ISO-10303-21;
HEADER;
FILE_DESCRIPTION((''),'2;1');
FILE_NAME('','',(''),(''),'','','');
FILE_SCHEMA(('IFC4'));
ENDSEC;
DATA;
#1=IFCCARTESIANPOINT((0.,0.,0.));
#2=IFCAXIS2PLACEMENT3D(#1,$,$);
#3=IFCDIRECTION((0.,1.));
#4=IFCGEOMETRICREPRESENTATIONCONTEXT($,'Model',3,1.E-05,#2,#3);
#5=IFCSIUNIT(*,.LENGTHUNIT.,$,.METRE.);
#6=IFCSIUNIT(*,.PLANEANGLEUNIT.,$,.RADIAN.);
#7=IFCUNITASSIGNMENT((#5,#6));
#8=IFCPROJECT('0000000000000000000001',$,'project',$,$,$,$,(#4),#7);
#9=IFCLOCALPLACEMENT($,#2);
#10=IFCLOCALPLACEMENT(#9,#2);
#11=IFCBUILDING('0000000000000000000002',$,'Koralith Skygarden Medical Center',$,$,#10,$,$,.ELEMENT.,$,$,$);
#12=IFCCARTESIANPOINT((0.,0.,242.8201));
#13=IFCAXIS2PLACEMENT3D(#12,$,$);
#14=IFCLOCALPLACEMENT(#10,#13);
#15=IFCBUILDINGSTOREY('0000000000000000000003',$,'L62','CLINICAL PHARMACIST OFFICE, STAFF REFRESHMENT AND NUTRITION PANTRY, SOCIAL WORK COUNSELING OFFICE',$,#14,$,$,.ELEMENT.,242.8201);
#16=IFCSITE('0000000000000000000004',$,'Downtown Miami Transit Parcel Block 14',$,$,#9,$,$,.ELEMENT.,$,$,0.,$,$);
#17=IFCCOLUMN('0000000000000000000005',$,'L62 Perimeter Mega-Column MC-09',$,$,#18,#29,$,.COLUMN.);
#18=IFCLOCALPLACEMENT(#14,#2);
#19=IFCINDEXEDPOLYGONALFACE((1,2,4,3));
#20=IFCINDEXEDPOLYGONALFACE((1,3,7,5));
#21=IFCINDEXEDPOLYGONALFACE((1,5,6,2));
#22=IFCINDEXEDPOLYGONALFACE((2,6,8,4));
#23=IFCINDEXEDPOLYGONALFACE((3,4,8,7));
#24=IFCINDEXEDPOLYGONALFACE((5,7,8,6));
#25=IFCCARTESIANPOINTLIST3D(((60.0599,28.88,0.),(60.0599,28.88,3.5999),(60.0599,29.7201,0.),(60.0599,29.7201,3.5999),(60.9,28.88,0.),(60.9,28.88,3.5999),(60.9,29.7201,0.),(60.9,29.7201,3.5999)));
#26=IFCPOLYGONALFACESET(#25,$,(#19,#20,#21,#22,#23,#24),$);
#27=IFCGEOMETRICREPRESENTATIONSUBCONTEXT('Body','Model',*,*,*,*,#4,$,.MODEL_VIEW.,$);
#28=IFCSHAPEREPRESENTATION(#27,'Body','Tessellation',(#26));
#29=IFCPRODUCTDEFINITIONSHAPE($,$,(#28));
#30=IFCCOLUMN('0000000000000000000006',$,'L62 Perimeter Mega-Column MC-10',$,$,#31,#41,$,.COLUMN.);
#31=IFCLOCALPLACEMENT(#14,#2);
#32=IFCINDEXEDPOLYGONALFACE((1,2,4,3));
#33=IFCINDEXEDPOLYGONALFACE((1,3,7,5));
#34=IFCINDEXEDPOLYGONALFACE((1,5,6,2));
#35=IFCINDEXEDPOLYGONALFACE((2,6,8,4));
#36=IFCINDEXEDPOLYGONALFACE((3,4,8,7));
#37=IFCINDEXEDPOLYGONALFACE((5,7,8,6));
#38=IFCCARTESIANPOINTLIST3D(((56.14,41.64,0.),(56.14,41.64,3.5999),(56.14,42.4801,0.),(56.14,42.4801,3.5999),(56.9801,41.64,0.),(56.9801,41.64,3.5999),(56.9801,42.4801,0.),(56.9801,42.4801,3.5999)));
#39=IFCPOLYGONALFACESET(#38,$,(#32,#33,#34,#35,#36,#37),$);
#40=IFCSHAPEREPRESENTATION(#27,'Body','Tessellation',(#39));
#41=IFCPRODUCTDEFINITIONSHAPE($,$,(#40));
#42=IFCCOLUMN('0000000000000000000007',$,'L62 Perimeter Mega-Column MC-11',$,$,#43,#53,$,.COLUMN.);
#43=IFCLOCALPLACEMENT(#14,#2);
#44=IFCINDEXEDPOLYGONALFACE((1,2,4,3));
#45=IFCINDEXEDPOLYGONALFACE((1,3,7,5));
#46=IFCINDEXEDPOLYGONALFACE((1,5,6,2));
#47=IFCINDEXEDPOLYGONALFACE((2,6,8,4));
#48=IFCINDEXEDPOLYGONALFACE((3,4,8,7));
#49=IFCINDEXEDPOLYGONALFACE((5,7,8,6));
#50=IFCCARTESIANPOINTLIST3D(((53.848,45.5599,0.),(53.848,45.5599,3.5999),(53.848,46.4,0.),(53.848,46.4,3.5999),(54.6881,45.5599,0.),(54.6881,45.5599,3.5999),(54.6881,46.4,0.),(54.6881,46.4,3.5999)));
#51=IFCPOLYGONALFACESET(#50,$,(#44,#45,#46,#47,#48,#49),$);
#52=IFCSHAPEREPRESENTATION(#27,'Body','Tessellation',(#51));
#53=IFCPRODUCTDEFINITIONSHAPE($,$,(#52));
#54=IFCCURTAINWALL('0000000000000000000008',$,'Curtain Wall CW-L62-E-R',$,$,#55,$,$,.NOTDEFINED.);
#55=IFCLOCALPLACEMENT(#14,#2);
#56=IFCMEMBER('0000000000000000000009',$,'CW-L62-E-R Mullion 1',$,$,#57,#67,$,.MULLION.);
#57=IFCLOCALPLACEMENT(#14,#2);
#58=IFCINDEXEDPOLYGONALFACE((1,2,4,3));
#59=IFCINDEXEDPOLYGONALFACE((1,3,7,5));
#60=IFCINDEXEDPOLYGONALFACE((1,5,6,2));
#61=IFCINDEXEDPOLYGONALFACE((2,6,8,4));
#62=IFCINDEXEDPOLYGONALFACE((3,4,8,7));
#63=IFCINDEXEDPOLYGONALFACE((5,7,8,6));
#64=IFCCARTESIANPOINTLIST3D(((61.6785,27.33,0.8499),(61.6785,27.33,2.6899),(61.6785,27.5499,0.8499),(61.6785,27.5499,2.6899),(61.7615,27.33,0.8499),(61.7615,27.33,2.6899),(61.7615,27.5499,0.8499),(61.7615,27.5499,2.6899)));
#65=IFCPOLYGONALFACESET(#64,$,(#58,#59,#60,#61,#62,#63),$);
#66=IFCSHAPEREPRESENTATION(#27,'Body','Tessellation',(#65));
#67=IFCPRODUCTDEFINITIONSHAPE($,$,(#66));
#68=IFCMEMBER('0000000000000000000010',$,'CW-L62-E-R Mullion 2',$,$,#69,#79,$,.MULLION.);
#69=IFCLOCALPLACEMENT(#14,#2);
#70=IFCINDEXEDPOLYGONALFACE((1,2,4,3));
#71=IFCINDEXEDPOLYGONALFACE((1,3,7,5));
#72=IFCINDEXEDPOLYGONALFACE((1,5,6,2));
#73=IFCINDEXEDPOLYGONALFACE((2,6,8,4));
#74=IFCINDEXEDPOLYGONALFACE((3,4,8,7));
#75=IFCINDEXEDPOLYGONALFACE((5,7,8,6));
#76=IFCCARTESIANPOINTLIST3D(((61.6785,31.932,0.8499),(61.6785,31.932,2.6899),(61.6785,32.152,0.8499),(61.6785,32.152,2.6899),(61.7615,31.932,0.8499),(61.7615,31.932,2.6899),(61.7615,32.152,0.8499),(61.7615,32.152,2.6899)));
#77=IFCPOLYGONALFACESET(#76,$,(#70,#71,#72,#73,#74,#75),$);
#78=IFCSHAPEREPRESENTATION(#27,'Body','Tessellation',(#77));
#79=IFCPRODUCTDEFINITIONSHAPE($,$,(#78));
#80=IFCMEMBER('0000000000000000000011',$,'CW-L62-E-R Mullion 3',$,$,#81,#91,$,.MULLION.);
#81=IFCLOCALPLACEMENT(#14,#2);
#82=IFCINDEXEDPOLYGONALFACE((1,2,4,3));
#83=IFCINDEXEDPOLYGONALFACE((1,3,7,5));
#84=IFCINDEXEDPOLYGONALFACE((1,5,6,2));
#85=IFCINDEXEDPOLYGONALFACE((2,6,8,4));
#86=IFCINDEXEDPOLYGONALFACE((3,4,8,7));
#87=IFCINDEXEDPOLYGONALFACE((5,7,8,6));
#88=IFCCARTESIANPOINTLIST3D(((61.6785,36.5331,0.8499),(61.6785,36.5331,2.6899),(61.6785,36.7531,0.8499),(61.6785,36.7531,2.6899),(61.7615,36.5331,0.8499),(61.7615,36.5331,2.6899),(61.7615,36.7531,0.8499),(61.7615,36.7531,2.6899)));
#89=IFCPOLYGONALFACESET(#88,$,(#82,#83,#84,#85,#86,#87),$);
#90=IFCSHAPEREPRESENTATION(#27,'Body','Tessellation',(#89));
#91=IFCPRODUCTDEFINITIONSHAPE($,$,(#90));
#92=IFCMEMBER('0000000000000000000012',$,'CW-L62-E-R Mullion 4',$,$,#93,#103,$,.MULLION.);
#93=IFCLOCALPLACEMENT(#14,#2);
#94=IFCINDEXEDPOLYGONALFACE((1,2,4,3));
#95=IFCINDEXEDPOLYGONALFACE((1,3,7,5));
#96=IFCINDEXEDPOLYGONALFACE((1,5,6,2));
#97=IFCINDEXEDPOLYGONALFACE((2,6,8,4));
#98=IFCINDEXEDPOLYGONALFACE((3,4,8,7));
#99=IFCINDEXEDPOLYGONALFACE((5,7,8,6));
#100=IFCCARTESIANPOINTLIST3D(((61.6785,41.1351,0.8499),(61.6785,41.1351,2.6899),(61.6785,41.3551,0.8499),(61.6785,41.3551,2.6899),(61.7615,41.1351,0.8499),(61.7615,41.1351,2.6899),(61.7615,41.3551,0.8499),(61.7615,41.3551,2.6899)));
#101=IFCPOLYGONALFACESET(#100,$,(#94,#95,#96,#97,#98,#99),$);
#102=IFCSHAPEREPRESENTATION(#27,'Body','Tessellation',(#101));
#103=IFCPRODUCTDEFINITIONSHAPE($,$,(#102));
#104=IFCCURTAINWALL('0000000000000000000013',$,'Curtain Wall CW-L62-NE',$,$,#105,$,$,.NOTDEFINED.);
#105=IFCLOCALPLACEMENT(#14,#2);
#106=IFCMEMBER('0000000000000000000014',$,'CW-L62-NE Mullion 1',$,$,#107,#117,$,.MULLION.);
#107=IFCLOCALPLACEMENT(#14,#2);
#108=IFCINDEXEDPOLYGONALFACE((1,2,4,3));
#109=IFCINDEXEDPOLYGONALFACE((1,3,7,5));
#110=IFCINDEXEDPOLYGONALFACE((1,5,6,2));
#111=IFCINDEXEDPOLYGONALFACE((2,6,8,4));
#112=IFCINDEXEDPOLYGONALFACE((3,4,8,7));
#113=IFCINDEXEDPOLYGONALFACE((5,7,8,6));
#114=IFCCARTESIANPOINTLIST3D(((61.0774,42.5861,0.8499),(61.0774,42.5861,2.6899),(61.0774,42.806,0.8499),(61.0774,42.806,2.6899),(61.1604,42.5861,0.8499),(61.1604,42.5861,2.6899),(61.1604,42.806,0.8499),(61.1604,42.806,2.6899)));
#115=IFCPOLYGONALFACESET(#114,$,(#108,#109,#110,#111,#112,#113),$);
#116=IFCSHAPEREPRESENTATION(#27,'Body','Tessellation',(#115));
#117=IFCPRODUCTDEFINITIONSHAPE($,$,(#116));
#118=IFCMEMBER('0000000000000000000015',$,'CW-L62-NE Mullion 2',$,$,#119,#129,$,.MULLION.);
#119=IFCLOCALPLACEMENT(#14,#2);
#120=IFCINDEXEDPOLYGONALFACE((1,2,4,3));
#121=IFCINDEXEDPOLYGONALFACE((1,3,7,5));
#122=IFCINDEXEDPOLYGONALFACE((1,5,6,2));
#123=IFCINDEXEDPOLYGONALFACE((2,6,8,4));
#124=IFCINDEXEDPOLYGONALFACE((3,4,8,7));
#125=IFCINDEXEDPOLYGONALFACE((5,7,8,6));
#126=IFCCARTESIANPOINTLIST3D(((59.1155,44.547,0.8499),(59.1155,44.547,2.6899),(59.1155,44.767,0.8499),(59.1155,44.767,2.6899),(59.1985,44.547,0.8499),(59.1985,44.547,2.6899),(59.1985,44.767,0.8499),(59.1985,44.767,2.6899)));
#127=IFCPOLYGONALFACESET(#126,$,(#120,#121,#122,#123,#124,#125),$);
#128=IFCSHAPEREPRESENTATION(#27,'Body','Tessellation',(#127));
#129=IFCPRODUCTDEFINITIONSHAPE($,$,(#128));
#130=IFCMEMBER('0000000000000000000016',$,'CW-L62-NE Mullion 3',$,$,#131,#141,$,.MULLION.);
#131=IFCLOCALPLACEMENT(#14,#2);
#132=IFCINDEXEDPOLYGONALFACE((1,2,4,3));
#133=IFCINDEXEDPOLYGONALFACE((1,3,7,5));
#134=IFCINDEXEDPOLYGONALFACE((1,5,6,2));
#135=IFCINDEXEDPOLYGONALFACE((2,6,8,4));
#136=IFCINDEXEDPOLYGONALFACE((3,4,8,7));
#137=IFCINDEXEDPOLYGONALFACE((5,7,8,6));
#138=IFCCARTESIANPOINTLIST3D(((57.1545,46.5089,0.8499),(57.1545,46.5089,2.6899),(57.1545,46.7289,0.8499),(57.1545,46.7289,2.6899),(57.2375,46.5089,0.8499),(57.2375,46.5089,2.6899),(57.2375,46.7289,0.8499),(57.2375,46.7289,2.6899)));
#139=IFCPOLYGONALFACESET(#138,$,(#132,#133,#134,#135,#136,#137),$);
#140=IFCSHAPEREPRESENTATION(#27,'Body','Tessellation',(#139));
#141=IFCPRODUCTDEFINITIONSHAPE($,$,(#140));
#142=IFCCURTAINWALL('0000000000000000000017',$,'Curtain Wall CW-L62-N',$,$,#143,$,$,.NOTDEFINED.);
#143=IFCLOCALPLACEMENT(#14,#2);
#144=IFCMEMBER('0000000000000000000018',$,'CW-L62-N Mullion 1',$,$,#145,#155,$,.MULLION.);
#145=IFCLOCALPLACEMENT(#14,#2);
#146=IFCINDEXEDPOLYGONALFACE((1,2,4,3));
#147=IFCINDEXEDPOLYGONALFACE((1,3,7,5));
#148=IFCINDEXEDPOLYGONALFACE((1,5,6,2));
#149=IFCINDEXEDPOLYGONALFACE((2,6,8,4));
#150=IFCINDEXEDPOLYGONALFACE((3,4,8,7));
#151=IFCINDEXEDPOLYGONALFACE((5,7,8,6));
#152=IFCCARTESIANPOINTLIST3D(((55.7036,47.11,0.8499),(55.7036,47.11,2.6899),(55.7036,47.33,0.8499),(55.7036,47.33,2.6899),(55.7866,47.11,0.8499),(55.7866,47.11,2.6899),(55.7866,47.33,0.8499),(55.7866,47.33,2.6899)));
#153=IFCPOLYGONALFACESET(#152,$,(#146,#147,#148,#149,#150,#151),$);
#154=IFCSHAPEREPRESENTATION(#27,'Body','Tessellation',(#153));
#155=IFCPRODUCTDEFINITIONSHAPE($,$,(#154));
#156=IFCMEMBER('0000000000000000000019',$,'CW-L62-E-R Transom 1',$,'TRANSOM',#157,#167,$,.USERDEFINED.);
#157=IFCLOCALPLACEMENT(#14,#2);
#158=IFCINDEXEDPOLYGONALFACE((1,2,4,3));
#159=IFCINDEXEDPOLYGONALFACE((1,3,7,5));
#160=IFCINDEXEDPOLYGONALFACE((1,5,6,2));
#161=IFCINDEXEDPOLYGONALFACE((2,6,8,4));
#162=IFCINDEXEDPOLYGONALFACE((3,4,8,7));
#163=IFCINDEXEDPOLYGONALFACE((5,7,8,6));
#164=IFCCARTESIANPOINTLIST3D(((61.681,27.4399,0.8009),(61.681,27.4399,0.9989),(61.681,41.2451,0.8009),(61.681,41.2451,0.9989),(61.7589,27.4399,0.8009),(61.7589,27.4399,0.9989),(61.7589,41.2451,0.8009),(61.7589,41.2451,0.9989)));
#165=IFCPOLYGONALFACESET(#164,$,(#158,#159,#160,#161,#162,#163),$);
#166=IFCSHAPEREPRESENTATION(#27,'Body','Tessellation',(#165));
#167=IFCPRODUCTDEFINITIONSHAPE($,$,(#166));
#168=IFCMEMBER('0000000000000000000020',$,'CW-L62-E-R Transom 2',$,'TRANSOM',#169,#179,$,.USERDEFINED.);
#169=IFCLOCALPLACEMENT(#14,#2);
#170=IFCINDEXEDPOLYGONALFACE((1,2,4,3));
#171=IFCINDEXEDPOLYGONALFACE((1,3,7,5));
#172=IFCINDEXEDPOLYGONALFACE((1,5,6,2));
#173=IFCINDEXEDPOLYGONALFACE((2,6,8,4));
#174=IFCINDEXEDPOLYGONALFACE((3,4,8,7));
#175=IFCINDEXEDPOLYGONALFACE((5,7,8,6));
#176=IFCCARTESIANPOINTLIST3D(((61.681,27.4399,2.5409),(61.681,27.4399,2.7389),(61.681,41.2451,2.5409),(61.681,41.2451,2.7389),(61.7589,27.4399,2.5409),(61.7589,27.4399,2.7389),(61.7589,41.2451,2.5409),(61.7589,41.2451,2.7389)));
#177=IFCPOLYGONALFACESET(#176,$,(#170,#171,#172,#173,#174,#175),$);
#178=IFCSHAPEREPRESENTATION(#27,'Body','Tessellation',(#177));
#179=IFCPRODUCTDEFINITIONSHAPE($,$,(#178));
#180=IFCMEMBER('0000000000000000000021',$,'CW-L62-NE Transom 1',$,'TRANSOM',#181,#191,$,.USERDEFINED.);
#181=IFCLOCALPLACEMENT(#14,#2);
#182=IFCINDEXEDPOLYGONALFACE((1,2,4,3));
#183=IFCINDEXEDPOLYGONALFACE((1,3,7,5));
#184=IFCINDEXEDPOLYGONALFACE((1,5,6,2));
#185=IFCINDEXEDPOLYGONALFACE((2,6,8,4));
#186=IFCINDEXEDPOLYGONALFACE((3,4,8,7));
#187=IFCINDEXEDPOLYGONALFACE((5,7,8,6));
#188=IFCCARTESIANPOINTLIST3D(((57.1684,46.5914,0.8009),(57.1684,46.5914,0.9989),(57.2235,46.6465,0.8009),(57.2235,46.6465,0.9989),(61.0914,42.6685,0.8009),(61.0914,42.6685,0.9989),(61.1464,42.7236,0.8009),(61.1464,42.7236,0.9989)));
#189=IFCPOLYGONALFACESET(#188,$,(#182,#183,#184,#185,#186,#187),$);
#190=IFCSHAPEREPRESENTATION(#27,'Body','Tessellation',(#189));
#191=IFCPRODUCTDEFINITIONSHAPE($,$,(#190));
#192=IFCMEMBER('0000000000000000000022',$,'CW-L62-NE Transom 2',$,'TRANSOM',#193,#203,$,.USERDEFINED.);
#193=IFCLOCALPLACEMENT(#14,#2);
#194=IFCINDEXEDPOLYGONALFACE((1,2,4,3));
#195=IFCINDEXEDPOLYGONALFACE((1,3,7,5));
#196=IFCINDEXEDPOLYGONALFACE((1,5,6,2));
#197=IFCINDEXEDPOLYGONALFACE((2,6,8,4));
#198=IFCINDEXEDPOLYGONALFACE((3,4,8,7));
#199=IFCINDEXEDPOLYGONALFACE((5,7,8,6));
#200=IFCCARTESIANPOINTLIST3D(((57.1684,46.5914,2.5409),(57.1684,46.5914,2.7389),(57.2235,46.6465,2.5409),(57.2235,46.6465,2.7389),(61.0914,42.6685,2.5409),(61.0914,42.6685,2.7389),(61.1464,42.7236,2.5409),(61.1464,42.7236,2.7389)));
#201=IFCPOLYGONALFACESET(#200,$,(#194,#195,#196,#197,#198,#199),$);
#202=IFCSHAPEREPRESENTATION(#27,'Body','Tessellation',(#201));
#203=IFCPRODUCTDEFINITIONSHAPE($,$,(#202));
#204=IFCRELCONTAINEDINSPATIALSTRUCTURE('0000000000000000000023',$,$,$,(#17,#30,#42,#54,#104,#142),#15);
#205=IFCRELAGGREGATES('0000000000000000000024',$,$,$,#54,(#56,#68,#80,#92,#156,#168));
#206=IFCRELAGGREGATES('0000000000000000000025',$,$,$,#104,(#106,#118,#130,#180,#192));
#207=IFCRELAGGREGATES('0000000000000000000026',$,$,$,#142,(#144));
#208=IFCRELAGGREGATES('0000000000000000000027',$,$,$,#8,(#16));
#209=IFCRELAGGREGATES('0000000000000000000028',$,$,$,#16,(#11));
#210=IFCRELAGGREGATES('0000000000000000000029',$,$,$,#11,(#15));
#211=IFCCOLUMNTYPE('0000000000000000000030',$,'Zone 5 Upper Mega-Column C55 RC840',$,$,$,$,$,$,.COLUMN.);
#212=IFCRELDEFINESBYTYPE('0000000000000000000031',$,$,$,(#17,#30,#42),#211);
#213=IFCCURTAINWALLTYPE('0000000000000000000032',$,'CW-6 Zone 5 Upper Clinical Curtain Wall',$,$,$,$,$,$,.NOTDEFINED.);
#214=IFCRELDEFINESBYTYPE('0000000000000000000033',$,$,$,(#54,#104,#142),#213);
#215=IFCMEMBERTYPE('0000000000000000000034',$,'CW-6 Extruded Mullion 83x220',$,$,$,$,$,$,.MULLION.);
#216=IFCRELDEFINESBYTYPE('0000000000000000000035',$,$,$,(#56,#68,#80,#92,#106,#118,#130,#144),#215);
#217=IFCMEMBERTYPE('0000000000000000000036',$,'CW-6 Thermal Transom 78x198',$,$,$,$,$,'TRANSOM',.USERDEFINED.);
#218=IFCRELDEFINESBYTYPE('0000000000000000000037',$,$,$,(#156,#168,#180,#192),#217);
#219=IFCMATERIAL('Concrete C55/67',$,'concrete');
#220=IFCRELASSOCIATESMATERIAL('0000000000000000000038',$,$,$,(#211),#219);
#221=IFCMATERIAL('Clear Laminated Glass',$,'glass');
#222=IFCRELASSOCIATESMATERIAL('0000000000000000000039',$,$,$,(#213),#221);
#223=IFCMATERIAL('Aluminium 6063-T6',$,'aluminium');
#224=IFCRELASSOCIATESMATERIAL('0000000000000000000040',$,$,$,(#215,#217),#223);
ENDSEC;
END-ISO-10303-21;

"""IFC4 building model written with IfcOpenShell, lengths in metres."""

from ifc_helpers import new_model, si_unit, direction, frame, origin, origin_2d, place, context, subcontext, project, spatial, rectangle, extrude, material, material_profile, profile_set, type_object, element, aggregate, save


model = new_model("IFC4")

# Units and contexts
model_context = context("Model", 3, precision=1e-05, world=origin(), true_north=direction((0.0, 1.0)))
body_context = subcontext(model_context, "Body", "Model", "MODEL_VIEW")
ifc_project = project(units=[si_unit("LENGTHUNIT", "METRE"), si_unit("PLANEANGLEUNIT", "RADIAN")], contexts=[model_context])

# Site, building, storey
site_placement = place(None, origin())
site = spatial("IfcSite", under=ifc_project, at=site_placement, Name="Downtown Miami Transit Parcel Block 14", CompositionType="ELEMENT", RefElevation=0.0)
building_placement = place(site_placement, origin())
building = spatial("IfcBuilding", under=site, at=building_placement, Name="Koralith Skygarden Medical Center", CompositionType="ELEMENT")
storey_placement = place(building_placement, frame((0.0, 0.0, 242.8201)))
storey = spatial("IfcBuildingStorey", under=building, at=storey_placement, Name="L62", Description="CLINICAL PHARMACIST OFFICE, STAFF REFRESHMENT AND NUTRITION PANTRY, SOCIAL WORK COUNSELING OFFICE", CompositionType="ELEMENT", Elevation=242.8201)

# Columns
ifc_material_1 = material(Name="Concrete C55/67", Category="concrete")
ifc_material_profile_1 = material_profile(ifc_material_1, rectangle(XDim=0.8401, YDim=0.8401, at=origin_2d()), Name="RC840X840")
ifc_profile_set_1 = profile_set([ifc_material_profile_1], Name="Concrete C55/67")
column_type = type_object("IfcColumnType", Name="Zone 5 Upper Mega-Column C55 RC840", PredefinedType="COLUMN", material=ifc_profile_set_1)
for number, where, z_axis, x_axis, name in (
    (1, (60.48, 29.3, 0.0), (0.0, 0.0, 1.0), (1.0, 0.0, 0.0), "L62 Perimeter Mega-Column MC-09"),
    (2, (56.5601, 42.0601, 0.0), (0.0, 0.0, 1.0), (1.0, 0.0, 0.0), "L62 Perimeter Mega-Column MC-10"),
    (3, (54.2681, 45.98, 0.0), (0.0, 0.0, 1.0), (1.0, 0.0, 0.0), "L62 Perimeter Mega-Column MC-11"),
):
    element("IfcColumn", number, at=place(storey_placement, frame(where, z_axis=z_axis, x_axis=x_axis)), inside=storey, type_object=column_type, Name=name, PredefinedType="COLUMN", context=body_context, shape_type="SweptSolid", body=[
        extrude(rectangle(XDim=0.8401, YDim=0.8401, at=origin_2d()), origin(), (0.0, 0.0, 1.0), 3.5999),
    ])

# Curtain walls, members
ifc_material_2 = material(Name="Clear Laminated Glass", Category="glass")
curtain_wall_type = type_object("IfcCurtainWallType", Name="CW-6 Zone 5 Upper Clinical Curtain Wall", PredefinedType="NOTDEFINED", material=ifc_material_2)
curtain_wall_1_placement = place(storey_placement, origin())
curtain_wall_1 = element("IfcCurtainWall", 4, at=curtain_wall_1_placement, inside=storey, type_object=curtain_wall_type, Name="Curtain Wall CW-L62-E-R", PredefinedType="NOTDEFINED")
ifc_material_3 = material(Name="Aluminium 6063-T6", Category="aluminium")
ifc_material_profile_2 = material_profile(ifc_material_3, rectangle(XDim=0.083, YDim=0.22, at=origin_2d()), Name="MUL83X220")
ifc_profile_set_2 = profile_set([ifc_material_profile_2], Name="Aluminium 6063-T6")
member_type_1 = type_object("IfcMemberType", Name="CW-6 Extruded Mullion 83x220", PredefinedType="MULLION", material=ifc_profile_set_2)
member_1_placement = place(storey_placement, frame((61.72, 27.4399, 0.8499), z_axis=(0.0, 0.0, 1.0), x_axis=(1.0, 0.0, 0.0)))
member_1 = element("IfcMember", 5, at=member_1_placement, type_object=member_type_1, Name="CW-L62-E-R Mullion 1", PredefinedType="MULLION", context=body_context, shape_type="SweptSolid", body=[
    extrude(rectangle(XDim=0.083, YDim=0.22, at=origin_2d()), origin(), (0.0, 0.0, 1.0), 1.8401),
])
member_2_placement = place(storey_placement, frame((61.72, 32.042, 0.8499), z_axis=(0.0, 0.0, 1.0), x_axis=(1.0, 0.0, 0.0)))
member_2 = element("IfcMember", 6, at=member_2_placement, type_object=member_type_1, Name="CW-L62-E-R Mullion 2", PredefinedType="MULLION", context=body_context, shape_type="SweptSolid", body=[
    extrude(rectangle(XDim=0.083, YDim=0.22, at=origin_2d()), origin(), (0.0, 0.0, 1.0), 1.8401),
])
member_3_placement = place(storey_placement, frame((61.72, 36.6431, 0.8499), z_axis=(0.0, 0.0, 1.0), x_axis=(1.0, 0.0, 0.0)))
member_3 = element("IfcMember", 7, at=member_3_placement, type_object=member_type_1, Name="CW-L62-E-R Mullion 3", PredefinedType="MULLION", context=body_context, shape_type="SweptSolid", body=[
    extrude(rectangle(XDim=0.083, YDim=0.22, at=origin_2d()), origin(), (0.0, 0.0, 1.0), 1.8401),
])
member_4_placement = place(storey_placement, frame((61.72, 41.2451, 0.8499), z_axis=(0.0, 0.0, 1.0), x_axis=(1.0, 0.0, 0.0)))
member_4 = element("IfcMember", 8, at=member_4_placement, type_object=member_type_1, Name="CW-L62-E-R Mullion 4", PredefinedType="MULLION", context=body_context, shape_type="SweptSolid", body=[
    extrude(rectangle(XDim=0.083, YDim=0.22, at=origin_2d()), origin(), (0.0, 0.0, 1.0), 1.8401),
])
curtain_wall_2_placement = place(storey_placement, origin())
curtain_wall_2 = element("IfcCurtainWall", 9, at=curtain_wall_2_placement, inside=storey, type_object=curtain_wall_type, Name="Curtain Wall CW-L62-NE", PredefinedType="NOTDEFINED")
member_5_placement = place(storey_placement, frame((61.1189, 42.696, 0.8499), z_axis=(0.0, 0.0, 1.0), x_axis=(1.0, 0.0, 0.0)))
member_5 = element("IfcMember", 10, at=member_5_placement, type_object=member_type_1, Name="CW-L62-NE Mullion 1", PredefinedType="MULLION", context=body_context, shape_type="SweptSolid", body=[
    extrude(rectangle(XDim=0.083, YDim=0.22, at=origin_2d()), origin(), (0.0, 0.0, 1.0), 1.8401),
])
member_6_placement = place(storey_placement, frame((59.157, 44.657, 0.8499), z_axis=(0.0, 0.0, 1.0), x_axis=(1.0, 0.0, 0.0)))
member_6 = element("IfcMember", 11, at=member_6_placement, type_object=member_type_1, Name="CW-L62-NE Mullion 2", PredefinedType="MULLION", context=body_context, shape_type="SweptSolid", body=[
    extrude(rectangle(XDim=0.083, YDim=0.22, at=origin_2d()), origin(), (0.0, 0.0, 1.0), 1.8401),
])
member_7_placement = place(storey_placement, frame((57.196, 46.6189, 0.8499), z_axis=(0.0, 0.0, 1.0), x_axis=(1.0, 0.0, 0.0)))
member_7 = element("IfcMember", 12, at=member_7_placement, type_object=member_type_1, Name="CW-L62-NE Mullion 3", PredefinedType="MULLION", context=body_context, shape_type="SweptSolid", body=[
    extrude(rectangle(XDim=0.083, YDim=0.22, at=origin_2d()), origin(), (0.0, 0.0, 1.0), 1.8401),
])

# Curtain wall, member
curtain_wall_3_placement = place(storey_placement, origin())
curtain_wall_3 = element("IfcCurtainWall", 13, at=curtain_wall_3_placement, inside=storey, type_object=curtain_wall_type, Name="Curtain Wall CW-L62-N", PredefinedType="NOTDEFINED")
member_8_placement = place(storey_placement, frame((55.7451, 47.22, 0.8499), z_axis=(0.0, 0.0, 1.0), x_axis=(1.0, 0.0, 0.0)))
member_8 = element("IfcMember", 14, at=member_8_placement, type_object=member_type_1, Name="CW-L62-N Mullion 1", PredefinedType="MULLION", context=body_context, shape_type="SweptSolid", body=[
    extrude(rectangle(XDim=0.083, YDim=0.22, at=origin_2d()), origin(), (0.0, 0.0, 1.0), 1.8401),
])

# Members
ifc_material_profile_3 = material_profile(ifc_material_3, rectangle(XDim=0.0779, YDim=0.198, at=origin_2d()), Name="TRN78X198")
ifc_profile_set_3 = profile_set([ifc_material_profile_3], Name="Aluminium 6063-T6")
member_type_2 = type_object("IfcMemberType", Name="CW-6 Thermal Transom 78x198", ElementType="TRANSOM", PredefinedType="USERDEFINED", material=ifc_profile_set_3)
member_9_placement = place(storey_placement, frame((61.72, 27.4399, 0.8999), z_axis=(0.0, 1.0, 0.0), x_axis=(-1.0, 0.0, 0.0)))
member_9 = element("IfcMember", 15, at=member_9_placement, type_object=member_type_2, Name="CW-L62-E-R Transom 1", ObjectType="TRANSOM", PredefinedType="USERDEFINED", context=body_context, shape_type="SweptSolid", body=[
    extrude(rectangle(XDim=0.0779, YDim=0.198, at=origin_2d()), origin(), (0.0, 0.0, 1.0), 13.8052),
])
member_10_placement = place(storey_placement, frame((61.72, 27.4399, 2.6399), z_axis=(0.0, 1.0, 0.0), x_axis=(-1.0, 0.0, 0.0)))
member_10 = element("IfcMember", 16, at=member_10_placement, type_object=member_type_2, Name="CW-L62-E-R Transom 2", ObjectType="TRANSOM", PredefinedType="USERDEFINED", context=body_context, shape_type="SweptSolid", body=[
    extrude(rectangle(XDim=0.0779, YDim=0.198, at=origin_2d()), origin(), (0.0, 0.0, 1.0), 13.8052),
])
member_11_placement = place(storey_placement, frame((61.1189, 42.696, 0.8999), z_axis=(-0.707107, 0.707107, 0.0), x_axis=(-0.707107, -0.707107, 0.0)))
member_11 = element("IfcMember", 17, at=member_11_placement, type_object=member_type_2, Name="CW-L62-NE Transom 1", ObjectType="TRANSOM", PredefinedType="USERDEFINED", context=body_context, shape_type="SweptSolid", body=[
    extrude(rectangle(XDim=0.0779, YDim=0.198, at=origin_2d()), origin(), (0.0, 0.0, 1.0), 5.5479),
])
member_12_placement = place(storey_placement, frame((61.1189, 42.696, 2.6399), z_axis=(-0.707107, 0.707107, 0.0), x_axis=(-0.707107, -0.707107, 0.0)))
member_12 = element("IfcMember", 18, at=member_12_placement, type_object=member_type_2, Name="CW-L62-NE Transom 2", ObjectType="TRANSOM", PredefinedType="USERDEFINED", context=body_context, shape_type="SweptSolid", body=[
    extrude(rectangle(XDim=0.0779, YDim=0.198, at=origin_2d()), origin(), (0.0, 0.0, 1.0), 5.5479),
])

aggregate(curtain_wall_1, [member_1, member_2, member_3, member_4, member_9, member_10])
aggregate(curtain_wall_2, [member_5, member_6, member_7, member_11, member_12])
aggregate(curtain_wall_3, [member_8])

save(model, "model.ifc")
